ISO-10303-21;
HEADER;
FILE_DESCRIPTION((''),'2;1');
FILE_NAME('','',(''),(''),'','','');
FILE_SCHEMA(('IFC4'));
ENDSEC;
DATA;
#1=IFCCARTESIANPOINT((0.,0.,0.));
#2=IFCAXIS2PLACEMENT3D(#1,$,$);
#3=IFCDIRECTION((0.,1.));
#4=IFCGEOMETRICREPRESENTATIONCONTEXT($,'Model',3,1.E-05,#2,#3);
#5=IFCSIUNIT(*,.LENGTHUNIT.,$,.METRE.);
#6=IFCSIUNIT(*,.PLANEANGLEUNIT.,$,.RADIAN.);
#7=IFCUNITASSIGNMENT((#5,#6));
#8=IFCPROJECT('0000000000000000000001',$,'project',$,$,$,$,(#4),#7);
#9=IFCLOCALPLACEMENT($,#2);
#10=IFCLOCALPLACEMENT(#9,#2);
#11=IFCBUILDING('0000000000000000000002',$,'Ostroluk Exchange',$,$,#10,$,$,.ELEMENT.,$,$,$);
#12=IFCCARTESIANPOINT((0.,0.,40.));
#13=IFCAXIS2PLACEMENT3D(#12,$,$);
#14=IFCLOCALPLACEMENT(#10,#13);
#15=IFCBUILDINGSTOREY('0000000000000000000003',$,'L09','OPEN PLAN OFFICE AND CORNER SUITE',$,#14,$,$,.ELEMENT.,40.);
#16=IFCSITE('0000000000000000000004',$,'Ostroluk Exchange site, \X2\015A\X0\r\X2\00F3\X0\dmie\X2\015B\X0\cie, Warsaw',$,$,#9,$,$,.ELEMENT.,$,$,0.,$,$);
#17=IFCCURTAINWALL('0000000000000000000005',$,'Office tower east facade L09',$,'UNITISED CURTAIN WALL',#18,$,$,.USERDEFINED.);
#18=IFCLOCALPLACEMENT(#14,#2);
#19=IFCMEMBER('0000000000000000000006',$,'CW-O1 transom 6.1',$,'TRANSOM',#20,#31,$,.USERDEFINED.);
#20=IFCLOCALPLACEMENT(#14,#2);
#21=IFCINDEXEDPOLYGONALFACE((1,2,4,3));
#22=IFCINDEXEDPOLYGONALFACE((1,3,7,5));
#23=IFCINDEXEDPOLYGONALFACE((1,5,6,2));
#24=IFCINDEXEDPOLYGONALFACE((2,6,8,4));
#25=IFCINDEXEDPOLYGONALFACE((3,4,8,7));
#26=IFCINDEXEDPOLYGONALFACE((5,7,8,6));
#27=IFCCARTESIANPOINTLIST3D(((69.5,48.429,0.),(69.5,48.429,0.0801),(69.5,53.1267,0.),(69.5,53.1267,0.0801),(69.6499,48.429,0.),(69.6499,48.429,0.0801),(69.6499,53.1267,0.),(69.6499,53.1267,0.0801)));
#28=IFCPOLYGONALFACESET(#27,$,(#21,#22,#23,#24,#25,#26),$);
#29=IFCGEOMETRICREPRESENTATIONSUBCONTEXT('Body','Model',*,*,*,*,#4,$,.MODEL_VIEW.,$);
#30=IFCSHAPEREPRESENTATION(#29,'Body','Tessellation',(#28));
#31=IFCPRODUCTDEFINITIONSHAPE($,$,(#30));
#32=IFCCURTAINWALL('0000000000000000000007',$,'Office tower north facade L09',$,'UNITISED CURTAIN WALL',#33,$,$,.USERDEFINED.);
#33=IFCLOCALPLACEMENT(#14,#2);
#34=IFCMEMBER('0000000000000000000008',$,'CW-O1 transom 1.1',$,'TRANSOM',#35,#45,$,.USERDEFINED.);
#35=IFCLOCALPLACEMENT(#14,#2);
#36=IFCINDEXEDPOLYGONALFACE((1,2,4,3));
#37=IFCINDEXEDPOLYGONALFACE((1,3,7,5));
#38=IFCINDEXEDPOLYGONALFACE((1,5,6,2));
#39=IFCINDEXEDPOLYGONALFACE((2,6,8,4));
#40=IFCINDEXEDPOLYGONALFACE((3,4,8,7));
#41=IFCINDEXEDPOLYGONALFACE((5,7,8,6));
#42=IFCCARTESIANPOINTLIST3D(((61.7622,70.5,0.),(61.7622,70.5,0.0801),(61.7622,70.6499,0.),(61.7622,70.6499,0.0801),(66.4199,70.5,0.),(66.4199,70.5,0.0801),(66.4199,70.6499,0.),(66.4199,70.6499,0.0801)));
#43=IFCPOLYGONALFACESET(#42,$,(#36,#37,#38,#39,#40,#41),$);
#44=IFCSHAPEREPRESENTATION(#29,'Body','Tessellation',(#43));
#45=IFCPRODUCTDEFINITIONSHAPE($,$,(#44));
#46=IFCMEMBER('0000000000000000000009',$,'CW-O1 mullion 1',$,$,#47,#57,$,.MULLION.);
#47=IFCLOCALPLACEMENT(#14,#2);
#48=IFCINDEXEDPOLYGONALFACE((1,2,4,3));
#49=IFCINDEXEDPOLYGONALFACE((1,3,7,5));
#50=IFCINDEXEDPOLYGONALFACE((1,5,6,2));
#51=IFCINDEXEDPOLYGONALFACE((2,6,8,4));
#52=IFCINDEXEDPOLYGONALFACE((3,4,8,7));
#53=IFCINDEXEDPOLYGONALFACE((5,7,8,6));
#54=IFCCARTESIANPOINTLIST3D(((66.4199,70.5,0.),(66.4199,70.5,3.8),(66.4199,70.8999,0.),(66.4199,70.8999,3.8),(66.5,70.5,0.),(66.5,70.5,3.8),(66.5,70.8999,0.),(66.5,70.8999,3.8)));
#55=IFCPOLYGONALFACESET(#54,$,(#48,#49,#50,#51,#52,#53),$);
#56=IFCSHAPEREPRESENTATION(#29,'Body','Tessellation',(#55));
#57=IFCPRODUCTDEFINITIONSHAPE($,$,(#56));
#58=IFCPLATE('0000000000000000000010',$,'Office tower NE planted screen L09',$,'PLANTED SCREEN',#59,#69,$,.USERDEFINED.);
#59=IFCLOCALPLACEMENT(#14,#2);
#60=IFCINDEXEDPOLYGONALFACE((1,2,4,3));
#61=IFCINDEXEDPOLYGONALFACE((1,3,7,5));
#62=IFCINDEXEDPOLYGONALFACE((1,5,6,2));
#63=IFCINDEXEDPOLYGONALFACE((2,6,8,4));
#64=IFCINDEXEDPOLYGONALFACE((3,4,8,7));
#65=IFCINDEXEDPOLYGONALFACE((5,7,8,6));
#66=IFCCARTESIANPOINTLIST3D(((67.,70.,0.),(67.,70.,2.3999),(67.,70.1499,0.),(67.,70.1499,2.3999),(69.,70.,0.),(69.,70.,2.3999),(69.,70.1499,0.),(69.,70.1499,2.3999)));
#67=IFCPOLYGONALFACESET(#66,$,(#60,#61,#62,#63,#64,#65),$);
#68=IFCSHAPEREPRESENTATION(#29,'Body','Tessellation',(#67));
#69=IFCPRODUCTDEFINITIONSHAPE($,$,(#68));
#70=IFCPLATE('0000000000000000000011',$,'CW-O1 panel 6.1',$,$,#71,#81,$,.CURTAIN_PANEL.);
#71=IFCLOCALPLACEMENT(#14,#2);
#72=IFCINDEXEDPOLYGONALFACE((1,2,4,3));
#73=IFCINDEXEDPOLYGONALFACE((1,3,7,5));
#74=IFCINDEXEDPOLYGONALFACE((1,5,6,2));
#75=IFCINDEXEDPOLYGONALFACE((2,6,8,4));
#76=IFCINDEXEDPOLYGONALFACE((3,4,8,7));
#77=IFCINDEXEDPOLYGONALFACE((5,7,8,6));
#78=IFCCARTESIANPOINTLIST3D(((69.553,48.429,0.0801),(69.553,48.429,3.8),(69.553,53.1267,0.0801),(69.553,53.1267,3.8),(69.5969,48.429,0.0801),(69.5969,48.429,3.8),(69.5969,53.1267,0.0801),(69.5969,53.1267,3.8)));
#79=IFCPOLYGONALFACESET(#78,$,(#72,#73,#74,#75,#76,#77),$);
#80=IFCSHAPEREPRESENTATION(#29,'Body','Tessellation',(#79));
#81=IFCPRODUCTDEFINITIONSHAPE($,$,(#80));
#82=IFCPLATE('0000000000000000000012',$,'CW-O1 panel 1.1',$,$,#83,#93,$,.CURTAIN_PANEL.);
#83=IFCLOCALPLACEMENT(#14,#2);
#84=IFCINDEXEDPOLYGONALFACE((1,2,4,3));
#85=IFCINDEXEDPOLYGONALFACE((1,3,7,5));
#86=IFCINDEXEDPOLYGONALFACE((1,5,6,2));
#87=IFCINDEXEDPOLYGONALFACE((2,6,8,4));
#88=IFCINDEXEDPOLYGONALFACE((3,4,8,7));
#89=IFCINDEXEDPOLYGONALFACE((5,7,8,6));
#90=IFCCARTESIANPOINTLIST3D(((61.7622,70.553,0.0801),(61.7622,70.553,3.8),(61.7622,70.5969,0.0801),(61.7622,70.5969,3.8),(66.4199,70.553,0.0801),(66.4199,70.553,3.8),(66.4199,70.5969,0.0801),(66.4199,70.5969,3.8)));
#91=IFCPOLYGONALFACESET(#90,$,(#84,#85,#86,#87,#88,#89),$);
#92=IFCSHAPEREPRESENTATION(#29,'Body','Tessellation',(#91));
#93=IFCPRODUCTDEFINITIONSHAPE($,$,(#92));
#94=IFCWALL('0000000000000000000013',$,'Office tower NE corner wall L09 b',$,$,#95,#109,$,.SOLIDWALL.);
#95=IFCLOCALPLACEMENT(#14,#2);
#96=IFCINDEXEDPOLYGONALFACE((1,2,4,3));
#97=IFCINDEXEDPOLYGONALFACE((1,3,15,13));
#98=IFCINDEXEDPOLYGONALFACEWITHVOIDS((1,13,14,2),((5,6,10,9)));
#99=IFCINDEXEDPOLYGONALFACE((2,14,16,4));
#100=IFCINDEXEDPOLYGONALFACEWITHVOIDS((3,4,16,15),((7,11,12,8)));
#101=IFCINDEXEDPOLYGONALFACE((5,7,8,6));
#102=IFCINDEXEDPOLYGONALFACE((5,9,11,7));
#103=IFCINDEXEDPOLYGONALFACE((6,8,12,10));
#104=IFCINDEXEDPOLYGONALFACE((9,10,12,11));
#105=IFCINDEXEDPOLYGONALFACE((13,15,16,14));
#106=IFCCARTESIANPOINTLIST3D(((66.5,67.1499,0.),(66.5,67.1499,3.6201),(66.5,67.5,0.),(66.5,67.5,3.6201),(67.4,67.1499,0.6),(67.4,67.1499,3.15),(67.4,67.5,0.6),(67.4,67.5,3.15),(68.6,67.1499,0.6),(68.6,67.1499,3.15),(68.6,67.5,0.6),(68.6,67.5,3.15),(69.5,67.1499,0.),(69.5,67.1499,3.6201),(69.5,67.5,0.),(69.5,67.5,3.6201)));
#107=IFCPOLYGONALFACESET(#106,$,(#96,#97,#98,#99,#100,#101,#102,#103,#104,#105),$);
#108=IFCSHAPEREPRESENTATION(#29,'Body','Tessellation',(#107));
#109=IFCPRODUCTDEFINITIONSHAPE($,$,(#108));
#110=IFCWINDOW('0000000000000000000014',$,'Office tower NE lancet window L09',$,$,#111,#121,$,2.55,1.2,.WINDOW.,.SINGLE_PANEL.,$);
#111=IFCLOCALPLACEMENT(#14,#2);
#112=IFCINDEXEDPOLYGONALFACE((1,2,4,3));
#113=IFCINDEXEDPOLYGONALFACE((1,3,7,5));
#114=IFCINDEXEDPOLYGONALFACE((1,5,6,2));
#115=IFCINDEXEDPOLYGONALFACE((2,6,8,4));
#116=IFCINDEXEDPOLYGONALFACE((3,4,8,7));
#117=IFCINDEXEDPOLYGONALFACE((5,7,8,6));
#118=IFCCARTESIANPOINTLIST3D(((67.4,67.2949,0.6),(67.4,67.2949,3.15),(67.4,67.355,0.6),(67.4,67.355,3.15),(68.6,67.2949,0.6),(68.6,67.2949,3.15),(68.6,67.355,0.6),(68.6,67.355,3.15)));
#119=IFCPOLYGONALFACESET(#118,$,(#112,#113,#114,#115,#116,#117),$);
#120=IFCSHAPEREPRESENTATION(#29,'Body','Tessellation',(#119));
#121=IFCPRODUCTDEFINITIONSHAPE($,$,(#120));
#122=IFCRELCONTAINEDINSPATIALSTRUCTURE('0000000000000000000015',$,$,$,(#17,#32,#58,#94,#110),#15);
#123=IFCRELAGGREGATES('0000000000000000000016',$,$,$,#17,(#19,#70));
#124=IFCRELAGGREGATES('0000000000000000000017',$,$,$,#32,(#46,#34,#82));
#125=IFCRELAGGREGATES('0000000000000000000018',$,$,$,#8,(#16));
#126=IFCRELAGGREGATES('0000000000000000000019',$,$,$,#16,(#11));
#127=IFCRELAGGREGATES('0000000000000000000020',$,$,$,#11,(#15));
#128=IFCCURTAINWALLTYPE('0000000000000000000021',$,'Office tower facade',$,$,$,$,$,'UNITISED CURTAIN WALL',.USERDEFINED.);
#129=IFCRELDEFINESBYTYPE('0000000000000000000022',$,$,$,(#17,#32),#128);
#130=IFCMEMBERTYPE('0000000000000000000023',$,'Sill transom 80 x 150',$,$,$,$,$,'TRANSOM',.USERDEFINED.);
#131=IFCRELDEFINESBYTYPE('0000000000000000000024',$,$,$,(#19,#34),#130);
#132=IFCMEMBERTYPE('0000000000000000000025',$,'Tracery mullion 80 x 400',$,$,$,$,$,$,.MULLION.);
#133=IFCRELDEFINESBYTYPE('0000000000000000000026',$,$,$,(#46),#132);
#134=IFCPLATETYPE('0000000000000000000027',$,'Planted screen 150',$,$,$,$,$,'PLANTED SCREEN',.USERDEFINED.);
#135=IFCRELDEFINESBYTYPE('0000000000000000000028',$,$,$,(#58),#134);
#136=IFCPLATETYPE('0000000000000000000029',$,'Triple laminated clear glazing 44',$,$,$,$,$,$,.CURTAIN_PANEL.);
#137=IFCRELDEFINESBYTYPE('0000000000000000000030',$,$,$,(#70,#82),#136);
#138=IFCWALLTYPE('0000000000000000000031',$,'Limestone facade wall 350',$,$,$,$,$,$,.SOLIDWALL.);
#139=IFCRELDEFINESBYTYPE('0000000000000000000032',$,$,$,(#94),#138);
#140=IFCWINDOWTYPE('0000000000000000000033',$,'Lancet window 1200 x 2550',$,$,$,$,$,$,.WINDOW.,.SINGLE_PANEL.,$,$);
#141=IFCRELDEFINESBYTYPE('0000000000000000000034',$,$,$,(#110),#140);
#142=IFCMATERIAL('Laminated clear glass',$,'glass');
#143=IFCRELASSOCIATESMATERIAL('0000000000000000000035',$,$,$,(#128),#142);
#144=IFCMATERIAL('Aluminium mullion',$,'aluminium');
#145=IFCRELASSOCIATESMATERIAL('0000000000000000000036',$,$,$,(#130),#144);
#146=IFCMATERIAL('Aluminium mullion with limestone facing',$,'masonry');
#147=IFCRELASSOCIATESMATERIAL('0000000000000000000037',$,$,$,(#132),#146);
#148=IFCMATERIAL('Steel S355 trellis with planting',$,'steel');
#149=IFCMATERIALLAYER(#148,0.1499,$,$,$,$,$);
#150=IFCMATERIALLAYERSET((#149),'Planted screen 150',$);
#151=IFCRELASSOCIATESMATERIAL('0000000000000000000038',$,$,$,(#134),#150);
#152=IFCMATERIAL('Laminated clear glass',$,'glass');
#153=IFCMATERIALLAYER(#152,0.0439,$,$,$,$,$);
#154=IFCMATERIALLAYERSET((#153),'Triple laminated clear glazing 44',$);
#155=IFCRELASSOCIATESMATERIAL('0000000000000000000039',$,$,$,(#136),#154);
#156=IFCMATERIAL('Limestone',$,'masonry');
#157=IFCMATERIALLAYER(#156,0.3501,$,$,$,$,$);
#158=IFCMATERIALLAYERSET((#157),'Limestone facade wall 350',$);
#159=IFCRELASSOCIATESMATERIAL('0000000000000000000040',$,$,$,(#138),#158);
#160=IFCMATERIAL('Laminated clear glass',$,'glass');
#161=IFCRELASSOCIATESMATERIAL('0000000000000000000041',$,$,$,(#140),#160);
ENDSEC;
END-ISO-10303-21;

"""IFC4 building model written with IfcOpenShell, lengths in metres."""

from ifc_helpers import new_model, si_unit, direction, frame, frame_2d, origin, origin_2d, place, context, subcontext, project, spatial, rectangle, extrude, material, layer, layer_set, material_profile, profile_set, type_object, element, fill, aggregate, save


model = new_model("IFC4")

# Units and contexts
model_context = context("Model", 3, precision=1e-05, world=origin(), true_north=direction((0.0, 1.0)))
body_context = subcontext(model_context, "Body", "Model", "MODEL_VIEW")
ifc_project = project(units=[si_unit("LENGTHUNIT", "METRE"), si_unit("PLANEANGLEUNIT", "RADIAN")], contexts=[model_context])

# Site, building, storey
site_placement = place(None, origin())
site = spatial("IfcSite", under=ifc_project, at=site_placement, Name="Ostroluk Exchange site, Śródmieście, Warsaw", CompositionType="ELEMENT", RefElevation=0.0)
building_placement = place(site_placement, origin())
building = spatial("IfcBuilding", under=site, at=building_placement, Name="Ostroluk Exchange", CompositionType="ELEMENT")
storey_placement = place(building_placement, frame((0.0, 0.0, 40.0)))
storey = spatial("IfcBuildingStorey", under=building, at=storey_placement, Name="L09", Description="OPEN PLAN OFFICE AND CORNER SUITE", CompositionType="ELEMENT", Elevation=40.0)

# Curtain wall, member
ifc_material_1 = material(Name="Laminated clear glass", Category="glass")
curtain_wall_type = type_object("IfcCurtainWallType", Name="Office tower facade", ElementType="UNITISED CURTAIN WALL", PredefinedType="USERDEFINED", material=ifc_material_1)
curtain_wall_1_placement = place(storey_placement, origin())
curtain_wall_1 = element("IfcCurtainWall", 1, at=curtain_wall_1_placement, inside=storey, type_object=curtain_wall_type, Name="Office tower east facade L09", ObjectType="UNITISED CURTAIN WALL", PredefinedType="USERDEFINED")
ifc_material_2 = material(Name="Aluminium mullion", Category="aluminium")
ifc_material_profile_1 = material_profile(ifc_material_2, rectangle(XDim=0.1499, YDim=0.0801, at=origin_2d()), Name="Sill transom 80 x 150")
ifc_profile_set_1 = profile_set([ifc_material_profile_1], Name="Aluminium mullion")
member_type_1 = type_object("IfcMemberType", Name="Sill transom 80 x 150", ElementType="TRANSOM", PredefinedType="USERDEFINED", material=ifc_profile_set_1)
member_1_placement = place(storey_placement, frame((69.575, 48.429, 0.04), z_axis=(0.0, 1.0, 0.0), x_axis=(-1.0, 0.0, 0.0)))
member_1 = element("IfcMember", 2, at=member_1_placement, type_object=member_type_1, Name="CW-O1 transom 6.1", ObjectType="TRANSOM", PredefinedType="USERDEFINED", context=body_context, shape_type="SweptSolid", body=[
    extrude(rectangle(XDim=0.1499, YDim=0.0801, at=origin_2d()), origin(), (0.0, 0.0, 1.0), 4.6978),
])

# Curtain wall, members
curtain_wall_2_placement = place(storey_placement, origin())
curtain_wall_2 = element("IfcCurtainWall", 3, at=curtain_wall_2_placement, inside=storey, type_object=curtain_wall_type, Name="Office tower north facade L09", ObjectType="UNITISED CURTAIN WALL", PredefinedType="USERDEFINED")
member_2_placement = place(storey_placement, frame((66.4199, 70.575, 0.04), z_axis=(-1.0, 0.0, 0.0), x_axis=(0.0, -1.0, 0.0)))
member_2 = element("IfcMember", 4, at=member_2_placement, type_object=member_type_1, Name="CW-O1 transom 1.1", ObjectType="TRANSOM", PredefinedType="USERDEFINED", context=body_context, shape_type="SweptSolid", body=[
    extrude(rectangle(XDim=0.1499, YDim=0.0801, at=origin_2d()), origin(), (0.0, 0.0, 1.0), 4.6577),
])
ifc_material_3 = material(Name="Aluminium mullion with limestone facing", Category="masonry")
ifc_material_profile_2 = material_profile(ifc_material_3, rectangle(XDim=0.3999, YDim=0.0801, at=origin_2d()), Name="Tracery mullion 80 x 400")
ifc_profile_set_2 = profile_set([ifc_material_profile_2], Name="Aluminium mullion with limestone facing")
member_type_2 = type_object("IfcMemberType", Name="Tracery mullion 80 x 400", PredefinedType="MULLION", material=ifc_profile_set_2)
member_3_placement = place(storey_placement, frame((66.46, 70.7, 0.0), z_axis=(0.0, 0.0, 1.0), x_axis=(0.0, -1.0, 0.0)))
member_3 = element("IfcMember", 5, at=member_3_placement, type_object=member_type_2, Name="CW-O1 mullion 1", PredefinedType="MULLION", context=body_context, shape_type="SweptSolid", body=[
    extrude(rectangle(XDim=0.3999, YDim=0.0801, at=origin_2d()), origin(), (0.0, 0.0, 1.0), 3.8),
])

# Plates
ifc_material_4 = material(Name="Steel S355 trellis with planting", Category="steel")
ifc_layer_1 = layer(ifc_material_4, 0.1499)
ifc_layer_set_1 = layer_set([ifc_layer_1], Name="Planted screen 150")
plate_type_1 = type_object("IfcPlateType", Name="Planted screen 150", ElementType="PLANTED SCREEN", PredefinedType="USERDEFINED", material=ifc_layer_set_1)
plate_1_placement = place(storey_placement, frame((68.0, 70.075, 0.0), z_axis=(0.0, 0.0, 1.0), x_axis=(1.0, 0.0, 0.0)))
element("IfcPlate", 6, at=plate_1_placement, inside=storey, type_object=plate_type_1, Name="Office tower NE planted screen L09", ObjectType="PLANTED SCREEN", PredefinedType="USERDEFINED", context=body_context, shape_type="SweptSolid", body=[
    extrude(rectangle(XDim=2.0, YDim=0.1499, at=origin_2d()), origin(), (0.0, 0.0, 1.0), 2.3999),
])
ifc_material_5 = material(Name="Laminated clear glass", Category="glass")
ifc_layer_2 = layer(ifc_material_5, 0.0439)
ifc_layer_set_2 = layer_set([ifc_layer_2], Name="Triple laminated clear glazing 44")
plate_type_2 = type_object("IfcPlateType", Name="Triple laminated clear glazing 44", PredefinedType="CURTAIN_PANEL", material=ifc_layer_set_2)
plate_2_placement = place(storey_placement, frame((69.575, 50.7778, 0.0801), z_axis=(0.0, 0.0, 1.0), x_axis=(0.0, 1.0, 0.0)))
plate_2 = element("IfcPlate", 7, at=plate_2_placement, type_object=plate_type_2, Name="CW-O1 panel 6.1", PredefinedType="CURTAIN_PANEL", context=body_context, shape_type="SweptSolid", body=[
    extrude(rectangle(XDim=4.6978, YDim=0.0439, at=origin_2d()), origin(), (0.0, 0.0, 1.0), 3.72),
])
aggregate(curtain_wall_1, [member_1, plate_2])
plate_3_placement = place(storey_placement, frame((64.0911, 70.575, 0.0801), z_axis=(0.0, 0.0, 1.0), x_axis=(-1.0, 0.0, 0.0)))
plate_3 = element("IfcPlate", 8, at=plate_3_placement, type_object=plate_type_2, Name="CW-O1 panel 1.1", PredefinedType="CURTAIN_PANEL", context=body_context, shape_type="SweptSolid", body=[
    extrude(rectangle(XDim=4.6577, YDim=0.0439, at=origin_2d()), origin(), (0.0, 0.0, 1.0), 3.72),
])
aggregate(curtain_wall_2, [member_3, member_2, plate_3])

# Shared definitions
ifc_material_6 = material(Name="Limestone", Category="masonry")
ifc_layer_3 = layer(ifc_material_6, 0.3501)
ifc_layer_set_3 = layer_set([ifc_layer_3], Name="Limestone facade wall 350")
wall_type = type_object("IfcWallType", Name="Limestone facade wall 350", PredefinedType="SOLIDWALL", material=ifc_layer_set_3)

# Wall, opening, window
wall_1_placement = place(storey_placement, frame((66.5, 67.325, 0.0), z_axis=(0.0, 0.0, 1.0), x_axis=(1.0, 0.0, 0.0)))
wall_1 = element("IfcWall", 9, at=wall_1_placement, inside=storey, type_object=wall_type, Name="Office tower NE corner wall L09 b", PredefinedType="SOLIDWALL", context=body_context, shape_type="SweptSolid", body=[
    extrude(rectangle(XDim=3.0, YDim=0.3501, at=frame_2d((1.5, 0.0))), origin(), (0.0, 0.0, 1.0), 3.6201),
])
opening_1_placement = place(wall_1_placement, frame((0.8999, 0.0, 0.6001)))
opening_1 = element("IfcOpeningElement", 10, at=opening_1_placement, cuts=wall_1, PredefinedType="OPENING", context=body_context, shape_type="SweptSolid", body=[
    extrude(rectangle(XDim=1.2, YDim=2.55, at=frame_2d((0.6001, 1.2749))), frame((0.0, 0.1851, 0.0), z_axis=(0.0, -1.0, 0.0), x_axis=(1.0, 0.0, 0.0)), (0.0, 0.0, 1.0), 0.3701),
])
ifc_material_7 = material(Name="Laminated clear glass", Category="glass")
window_type = type_object("IfcWindowType", Name="Lancet window 1200 x 2550", PartitioningType="SINGLE_PANEL", PredefinedType="WINDOW", material=ifc_material_7)
window_placement = place(opening_1_placement, origin())
window = element("IfcWindow", 11, at=window_placement, inside=storey, type_object=window_type, Name="Office tower NE lancet window L09", OverallHeight=2.55, OverallWidth=1.2, PartitioningType="SINGLE_PANEL", PredefinedType="WINDOW", context=body_context, shape_type="SweptSolid", body=[
    extrude(rectangle(XDim=1.2, YDim=2.55, at=frame_2d((0.6001, 1.2749))), frame((0.0, 0.03, 0.0), z_axis=(0.0, -1.0, 0.0), x_axis=(1.0, 0.0, 0.0)), (0.0, 0.0, 1.0), 0.0601),
])
fill(opening_1, window)

save(model, "model.ifc")
